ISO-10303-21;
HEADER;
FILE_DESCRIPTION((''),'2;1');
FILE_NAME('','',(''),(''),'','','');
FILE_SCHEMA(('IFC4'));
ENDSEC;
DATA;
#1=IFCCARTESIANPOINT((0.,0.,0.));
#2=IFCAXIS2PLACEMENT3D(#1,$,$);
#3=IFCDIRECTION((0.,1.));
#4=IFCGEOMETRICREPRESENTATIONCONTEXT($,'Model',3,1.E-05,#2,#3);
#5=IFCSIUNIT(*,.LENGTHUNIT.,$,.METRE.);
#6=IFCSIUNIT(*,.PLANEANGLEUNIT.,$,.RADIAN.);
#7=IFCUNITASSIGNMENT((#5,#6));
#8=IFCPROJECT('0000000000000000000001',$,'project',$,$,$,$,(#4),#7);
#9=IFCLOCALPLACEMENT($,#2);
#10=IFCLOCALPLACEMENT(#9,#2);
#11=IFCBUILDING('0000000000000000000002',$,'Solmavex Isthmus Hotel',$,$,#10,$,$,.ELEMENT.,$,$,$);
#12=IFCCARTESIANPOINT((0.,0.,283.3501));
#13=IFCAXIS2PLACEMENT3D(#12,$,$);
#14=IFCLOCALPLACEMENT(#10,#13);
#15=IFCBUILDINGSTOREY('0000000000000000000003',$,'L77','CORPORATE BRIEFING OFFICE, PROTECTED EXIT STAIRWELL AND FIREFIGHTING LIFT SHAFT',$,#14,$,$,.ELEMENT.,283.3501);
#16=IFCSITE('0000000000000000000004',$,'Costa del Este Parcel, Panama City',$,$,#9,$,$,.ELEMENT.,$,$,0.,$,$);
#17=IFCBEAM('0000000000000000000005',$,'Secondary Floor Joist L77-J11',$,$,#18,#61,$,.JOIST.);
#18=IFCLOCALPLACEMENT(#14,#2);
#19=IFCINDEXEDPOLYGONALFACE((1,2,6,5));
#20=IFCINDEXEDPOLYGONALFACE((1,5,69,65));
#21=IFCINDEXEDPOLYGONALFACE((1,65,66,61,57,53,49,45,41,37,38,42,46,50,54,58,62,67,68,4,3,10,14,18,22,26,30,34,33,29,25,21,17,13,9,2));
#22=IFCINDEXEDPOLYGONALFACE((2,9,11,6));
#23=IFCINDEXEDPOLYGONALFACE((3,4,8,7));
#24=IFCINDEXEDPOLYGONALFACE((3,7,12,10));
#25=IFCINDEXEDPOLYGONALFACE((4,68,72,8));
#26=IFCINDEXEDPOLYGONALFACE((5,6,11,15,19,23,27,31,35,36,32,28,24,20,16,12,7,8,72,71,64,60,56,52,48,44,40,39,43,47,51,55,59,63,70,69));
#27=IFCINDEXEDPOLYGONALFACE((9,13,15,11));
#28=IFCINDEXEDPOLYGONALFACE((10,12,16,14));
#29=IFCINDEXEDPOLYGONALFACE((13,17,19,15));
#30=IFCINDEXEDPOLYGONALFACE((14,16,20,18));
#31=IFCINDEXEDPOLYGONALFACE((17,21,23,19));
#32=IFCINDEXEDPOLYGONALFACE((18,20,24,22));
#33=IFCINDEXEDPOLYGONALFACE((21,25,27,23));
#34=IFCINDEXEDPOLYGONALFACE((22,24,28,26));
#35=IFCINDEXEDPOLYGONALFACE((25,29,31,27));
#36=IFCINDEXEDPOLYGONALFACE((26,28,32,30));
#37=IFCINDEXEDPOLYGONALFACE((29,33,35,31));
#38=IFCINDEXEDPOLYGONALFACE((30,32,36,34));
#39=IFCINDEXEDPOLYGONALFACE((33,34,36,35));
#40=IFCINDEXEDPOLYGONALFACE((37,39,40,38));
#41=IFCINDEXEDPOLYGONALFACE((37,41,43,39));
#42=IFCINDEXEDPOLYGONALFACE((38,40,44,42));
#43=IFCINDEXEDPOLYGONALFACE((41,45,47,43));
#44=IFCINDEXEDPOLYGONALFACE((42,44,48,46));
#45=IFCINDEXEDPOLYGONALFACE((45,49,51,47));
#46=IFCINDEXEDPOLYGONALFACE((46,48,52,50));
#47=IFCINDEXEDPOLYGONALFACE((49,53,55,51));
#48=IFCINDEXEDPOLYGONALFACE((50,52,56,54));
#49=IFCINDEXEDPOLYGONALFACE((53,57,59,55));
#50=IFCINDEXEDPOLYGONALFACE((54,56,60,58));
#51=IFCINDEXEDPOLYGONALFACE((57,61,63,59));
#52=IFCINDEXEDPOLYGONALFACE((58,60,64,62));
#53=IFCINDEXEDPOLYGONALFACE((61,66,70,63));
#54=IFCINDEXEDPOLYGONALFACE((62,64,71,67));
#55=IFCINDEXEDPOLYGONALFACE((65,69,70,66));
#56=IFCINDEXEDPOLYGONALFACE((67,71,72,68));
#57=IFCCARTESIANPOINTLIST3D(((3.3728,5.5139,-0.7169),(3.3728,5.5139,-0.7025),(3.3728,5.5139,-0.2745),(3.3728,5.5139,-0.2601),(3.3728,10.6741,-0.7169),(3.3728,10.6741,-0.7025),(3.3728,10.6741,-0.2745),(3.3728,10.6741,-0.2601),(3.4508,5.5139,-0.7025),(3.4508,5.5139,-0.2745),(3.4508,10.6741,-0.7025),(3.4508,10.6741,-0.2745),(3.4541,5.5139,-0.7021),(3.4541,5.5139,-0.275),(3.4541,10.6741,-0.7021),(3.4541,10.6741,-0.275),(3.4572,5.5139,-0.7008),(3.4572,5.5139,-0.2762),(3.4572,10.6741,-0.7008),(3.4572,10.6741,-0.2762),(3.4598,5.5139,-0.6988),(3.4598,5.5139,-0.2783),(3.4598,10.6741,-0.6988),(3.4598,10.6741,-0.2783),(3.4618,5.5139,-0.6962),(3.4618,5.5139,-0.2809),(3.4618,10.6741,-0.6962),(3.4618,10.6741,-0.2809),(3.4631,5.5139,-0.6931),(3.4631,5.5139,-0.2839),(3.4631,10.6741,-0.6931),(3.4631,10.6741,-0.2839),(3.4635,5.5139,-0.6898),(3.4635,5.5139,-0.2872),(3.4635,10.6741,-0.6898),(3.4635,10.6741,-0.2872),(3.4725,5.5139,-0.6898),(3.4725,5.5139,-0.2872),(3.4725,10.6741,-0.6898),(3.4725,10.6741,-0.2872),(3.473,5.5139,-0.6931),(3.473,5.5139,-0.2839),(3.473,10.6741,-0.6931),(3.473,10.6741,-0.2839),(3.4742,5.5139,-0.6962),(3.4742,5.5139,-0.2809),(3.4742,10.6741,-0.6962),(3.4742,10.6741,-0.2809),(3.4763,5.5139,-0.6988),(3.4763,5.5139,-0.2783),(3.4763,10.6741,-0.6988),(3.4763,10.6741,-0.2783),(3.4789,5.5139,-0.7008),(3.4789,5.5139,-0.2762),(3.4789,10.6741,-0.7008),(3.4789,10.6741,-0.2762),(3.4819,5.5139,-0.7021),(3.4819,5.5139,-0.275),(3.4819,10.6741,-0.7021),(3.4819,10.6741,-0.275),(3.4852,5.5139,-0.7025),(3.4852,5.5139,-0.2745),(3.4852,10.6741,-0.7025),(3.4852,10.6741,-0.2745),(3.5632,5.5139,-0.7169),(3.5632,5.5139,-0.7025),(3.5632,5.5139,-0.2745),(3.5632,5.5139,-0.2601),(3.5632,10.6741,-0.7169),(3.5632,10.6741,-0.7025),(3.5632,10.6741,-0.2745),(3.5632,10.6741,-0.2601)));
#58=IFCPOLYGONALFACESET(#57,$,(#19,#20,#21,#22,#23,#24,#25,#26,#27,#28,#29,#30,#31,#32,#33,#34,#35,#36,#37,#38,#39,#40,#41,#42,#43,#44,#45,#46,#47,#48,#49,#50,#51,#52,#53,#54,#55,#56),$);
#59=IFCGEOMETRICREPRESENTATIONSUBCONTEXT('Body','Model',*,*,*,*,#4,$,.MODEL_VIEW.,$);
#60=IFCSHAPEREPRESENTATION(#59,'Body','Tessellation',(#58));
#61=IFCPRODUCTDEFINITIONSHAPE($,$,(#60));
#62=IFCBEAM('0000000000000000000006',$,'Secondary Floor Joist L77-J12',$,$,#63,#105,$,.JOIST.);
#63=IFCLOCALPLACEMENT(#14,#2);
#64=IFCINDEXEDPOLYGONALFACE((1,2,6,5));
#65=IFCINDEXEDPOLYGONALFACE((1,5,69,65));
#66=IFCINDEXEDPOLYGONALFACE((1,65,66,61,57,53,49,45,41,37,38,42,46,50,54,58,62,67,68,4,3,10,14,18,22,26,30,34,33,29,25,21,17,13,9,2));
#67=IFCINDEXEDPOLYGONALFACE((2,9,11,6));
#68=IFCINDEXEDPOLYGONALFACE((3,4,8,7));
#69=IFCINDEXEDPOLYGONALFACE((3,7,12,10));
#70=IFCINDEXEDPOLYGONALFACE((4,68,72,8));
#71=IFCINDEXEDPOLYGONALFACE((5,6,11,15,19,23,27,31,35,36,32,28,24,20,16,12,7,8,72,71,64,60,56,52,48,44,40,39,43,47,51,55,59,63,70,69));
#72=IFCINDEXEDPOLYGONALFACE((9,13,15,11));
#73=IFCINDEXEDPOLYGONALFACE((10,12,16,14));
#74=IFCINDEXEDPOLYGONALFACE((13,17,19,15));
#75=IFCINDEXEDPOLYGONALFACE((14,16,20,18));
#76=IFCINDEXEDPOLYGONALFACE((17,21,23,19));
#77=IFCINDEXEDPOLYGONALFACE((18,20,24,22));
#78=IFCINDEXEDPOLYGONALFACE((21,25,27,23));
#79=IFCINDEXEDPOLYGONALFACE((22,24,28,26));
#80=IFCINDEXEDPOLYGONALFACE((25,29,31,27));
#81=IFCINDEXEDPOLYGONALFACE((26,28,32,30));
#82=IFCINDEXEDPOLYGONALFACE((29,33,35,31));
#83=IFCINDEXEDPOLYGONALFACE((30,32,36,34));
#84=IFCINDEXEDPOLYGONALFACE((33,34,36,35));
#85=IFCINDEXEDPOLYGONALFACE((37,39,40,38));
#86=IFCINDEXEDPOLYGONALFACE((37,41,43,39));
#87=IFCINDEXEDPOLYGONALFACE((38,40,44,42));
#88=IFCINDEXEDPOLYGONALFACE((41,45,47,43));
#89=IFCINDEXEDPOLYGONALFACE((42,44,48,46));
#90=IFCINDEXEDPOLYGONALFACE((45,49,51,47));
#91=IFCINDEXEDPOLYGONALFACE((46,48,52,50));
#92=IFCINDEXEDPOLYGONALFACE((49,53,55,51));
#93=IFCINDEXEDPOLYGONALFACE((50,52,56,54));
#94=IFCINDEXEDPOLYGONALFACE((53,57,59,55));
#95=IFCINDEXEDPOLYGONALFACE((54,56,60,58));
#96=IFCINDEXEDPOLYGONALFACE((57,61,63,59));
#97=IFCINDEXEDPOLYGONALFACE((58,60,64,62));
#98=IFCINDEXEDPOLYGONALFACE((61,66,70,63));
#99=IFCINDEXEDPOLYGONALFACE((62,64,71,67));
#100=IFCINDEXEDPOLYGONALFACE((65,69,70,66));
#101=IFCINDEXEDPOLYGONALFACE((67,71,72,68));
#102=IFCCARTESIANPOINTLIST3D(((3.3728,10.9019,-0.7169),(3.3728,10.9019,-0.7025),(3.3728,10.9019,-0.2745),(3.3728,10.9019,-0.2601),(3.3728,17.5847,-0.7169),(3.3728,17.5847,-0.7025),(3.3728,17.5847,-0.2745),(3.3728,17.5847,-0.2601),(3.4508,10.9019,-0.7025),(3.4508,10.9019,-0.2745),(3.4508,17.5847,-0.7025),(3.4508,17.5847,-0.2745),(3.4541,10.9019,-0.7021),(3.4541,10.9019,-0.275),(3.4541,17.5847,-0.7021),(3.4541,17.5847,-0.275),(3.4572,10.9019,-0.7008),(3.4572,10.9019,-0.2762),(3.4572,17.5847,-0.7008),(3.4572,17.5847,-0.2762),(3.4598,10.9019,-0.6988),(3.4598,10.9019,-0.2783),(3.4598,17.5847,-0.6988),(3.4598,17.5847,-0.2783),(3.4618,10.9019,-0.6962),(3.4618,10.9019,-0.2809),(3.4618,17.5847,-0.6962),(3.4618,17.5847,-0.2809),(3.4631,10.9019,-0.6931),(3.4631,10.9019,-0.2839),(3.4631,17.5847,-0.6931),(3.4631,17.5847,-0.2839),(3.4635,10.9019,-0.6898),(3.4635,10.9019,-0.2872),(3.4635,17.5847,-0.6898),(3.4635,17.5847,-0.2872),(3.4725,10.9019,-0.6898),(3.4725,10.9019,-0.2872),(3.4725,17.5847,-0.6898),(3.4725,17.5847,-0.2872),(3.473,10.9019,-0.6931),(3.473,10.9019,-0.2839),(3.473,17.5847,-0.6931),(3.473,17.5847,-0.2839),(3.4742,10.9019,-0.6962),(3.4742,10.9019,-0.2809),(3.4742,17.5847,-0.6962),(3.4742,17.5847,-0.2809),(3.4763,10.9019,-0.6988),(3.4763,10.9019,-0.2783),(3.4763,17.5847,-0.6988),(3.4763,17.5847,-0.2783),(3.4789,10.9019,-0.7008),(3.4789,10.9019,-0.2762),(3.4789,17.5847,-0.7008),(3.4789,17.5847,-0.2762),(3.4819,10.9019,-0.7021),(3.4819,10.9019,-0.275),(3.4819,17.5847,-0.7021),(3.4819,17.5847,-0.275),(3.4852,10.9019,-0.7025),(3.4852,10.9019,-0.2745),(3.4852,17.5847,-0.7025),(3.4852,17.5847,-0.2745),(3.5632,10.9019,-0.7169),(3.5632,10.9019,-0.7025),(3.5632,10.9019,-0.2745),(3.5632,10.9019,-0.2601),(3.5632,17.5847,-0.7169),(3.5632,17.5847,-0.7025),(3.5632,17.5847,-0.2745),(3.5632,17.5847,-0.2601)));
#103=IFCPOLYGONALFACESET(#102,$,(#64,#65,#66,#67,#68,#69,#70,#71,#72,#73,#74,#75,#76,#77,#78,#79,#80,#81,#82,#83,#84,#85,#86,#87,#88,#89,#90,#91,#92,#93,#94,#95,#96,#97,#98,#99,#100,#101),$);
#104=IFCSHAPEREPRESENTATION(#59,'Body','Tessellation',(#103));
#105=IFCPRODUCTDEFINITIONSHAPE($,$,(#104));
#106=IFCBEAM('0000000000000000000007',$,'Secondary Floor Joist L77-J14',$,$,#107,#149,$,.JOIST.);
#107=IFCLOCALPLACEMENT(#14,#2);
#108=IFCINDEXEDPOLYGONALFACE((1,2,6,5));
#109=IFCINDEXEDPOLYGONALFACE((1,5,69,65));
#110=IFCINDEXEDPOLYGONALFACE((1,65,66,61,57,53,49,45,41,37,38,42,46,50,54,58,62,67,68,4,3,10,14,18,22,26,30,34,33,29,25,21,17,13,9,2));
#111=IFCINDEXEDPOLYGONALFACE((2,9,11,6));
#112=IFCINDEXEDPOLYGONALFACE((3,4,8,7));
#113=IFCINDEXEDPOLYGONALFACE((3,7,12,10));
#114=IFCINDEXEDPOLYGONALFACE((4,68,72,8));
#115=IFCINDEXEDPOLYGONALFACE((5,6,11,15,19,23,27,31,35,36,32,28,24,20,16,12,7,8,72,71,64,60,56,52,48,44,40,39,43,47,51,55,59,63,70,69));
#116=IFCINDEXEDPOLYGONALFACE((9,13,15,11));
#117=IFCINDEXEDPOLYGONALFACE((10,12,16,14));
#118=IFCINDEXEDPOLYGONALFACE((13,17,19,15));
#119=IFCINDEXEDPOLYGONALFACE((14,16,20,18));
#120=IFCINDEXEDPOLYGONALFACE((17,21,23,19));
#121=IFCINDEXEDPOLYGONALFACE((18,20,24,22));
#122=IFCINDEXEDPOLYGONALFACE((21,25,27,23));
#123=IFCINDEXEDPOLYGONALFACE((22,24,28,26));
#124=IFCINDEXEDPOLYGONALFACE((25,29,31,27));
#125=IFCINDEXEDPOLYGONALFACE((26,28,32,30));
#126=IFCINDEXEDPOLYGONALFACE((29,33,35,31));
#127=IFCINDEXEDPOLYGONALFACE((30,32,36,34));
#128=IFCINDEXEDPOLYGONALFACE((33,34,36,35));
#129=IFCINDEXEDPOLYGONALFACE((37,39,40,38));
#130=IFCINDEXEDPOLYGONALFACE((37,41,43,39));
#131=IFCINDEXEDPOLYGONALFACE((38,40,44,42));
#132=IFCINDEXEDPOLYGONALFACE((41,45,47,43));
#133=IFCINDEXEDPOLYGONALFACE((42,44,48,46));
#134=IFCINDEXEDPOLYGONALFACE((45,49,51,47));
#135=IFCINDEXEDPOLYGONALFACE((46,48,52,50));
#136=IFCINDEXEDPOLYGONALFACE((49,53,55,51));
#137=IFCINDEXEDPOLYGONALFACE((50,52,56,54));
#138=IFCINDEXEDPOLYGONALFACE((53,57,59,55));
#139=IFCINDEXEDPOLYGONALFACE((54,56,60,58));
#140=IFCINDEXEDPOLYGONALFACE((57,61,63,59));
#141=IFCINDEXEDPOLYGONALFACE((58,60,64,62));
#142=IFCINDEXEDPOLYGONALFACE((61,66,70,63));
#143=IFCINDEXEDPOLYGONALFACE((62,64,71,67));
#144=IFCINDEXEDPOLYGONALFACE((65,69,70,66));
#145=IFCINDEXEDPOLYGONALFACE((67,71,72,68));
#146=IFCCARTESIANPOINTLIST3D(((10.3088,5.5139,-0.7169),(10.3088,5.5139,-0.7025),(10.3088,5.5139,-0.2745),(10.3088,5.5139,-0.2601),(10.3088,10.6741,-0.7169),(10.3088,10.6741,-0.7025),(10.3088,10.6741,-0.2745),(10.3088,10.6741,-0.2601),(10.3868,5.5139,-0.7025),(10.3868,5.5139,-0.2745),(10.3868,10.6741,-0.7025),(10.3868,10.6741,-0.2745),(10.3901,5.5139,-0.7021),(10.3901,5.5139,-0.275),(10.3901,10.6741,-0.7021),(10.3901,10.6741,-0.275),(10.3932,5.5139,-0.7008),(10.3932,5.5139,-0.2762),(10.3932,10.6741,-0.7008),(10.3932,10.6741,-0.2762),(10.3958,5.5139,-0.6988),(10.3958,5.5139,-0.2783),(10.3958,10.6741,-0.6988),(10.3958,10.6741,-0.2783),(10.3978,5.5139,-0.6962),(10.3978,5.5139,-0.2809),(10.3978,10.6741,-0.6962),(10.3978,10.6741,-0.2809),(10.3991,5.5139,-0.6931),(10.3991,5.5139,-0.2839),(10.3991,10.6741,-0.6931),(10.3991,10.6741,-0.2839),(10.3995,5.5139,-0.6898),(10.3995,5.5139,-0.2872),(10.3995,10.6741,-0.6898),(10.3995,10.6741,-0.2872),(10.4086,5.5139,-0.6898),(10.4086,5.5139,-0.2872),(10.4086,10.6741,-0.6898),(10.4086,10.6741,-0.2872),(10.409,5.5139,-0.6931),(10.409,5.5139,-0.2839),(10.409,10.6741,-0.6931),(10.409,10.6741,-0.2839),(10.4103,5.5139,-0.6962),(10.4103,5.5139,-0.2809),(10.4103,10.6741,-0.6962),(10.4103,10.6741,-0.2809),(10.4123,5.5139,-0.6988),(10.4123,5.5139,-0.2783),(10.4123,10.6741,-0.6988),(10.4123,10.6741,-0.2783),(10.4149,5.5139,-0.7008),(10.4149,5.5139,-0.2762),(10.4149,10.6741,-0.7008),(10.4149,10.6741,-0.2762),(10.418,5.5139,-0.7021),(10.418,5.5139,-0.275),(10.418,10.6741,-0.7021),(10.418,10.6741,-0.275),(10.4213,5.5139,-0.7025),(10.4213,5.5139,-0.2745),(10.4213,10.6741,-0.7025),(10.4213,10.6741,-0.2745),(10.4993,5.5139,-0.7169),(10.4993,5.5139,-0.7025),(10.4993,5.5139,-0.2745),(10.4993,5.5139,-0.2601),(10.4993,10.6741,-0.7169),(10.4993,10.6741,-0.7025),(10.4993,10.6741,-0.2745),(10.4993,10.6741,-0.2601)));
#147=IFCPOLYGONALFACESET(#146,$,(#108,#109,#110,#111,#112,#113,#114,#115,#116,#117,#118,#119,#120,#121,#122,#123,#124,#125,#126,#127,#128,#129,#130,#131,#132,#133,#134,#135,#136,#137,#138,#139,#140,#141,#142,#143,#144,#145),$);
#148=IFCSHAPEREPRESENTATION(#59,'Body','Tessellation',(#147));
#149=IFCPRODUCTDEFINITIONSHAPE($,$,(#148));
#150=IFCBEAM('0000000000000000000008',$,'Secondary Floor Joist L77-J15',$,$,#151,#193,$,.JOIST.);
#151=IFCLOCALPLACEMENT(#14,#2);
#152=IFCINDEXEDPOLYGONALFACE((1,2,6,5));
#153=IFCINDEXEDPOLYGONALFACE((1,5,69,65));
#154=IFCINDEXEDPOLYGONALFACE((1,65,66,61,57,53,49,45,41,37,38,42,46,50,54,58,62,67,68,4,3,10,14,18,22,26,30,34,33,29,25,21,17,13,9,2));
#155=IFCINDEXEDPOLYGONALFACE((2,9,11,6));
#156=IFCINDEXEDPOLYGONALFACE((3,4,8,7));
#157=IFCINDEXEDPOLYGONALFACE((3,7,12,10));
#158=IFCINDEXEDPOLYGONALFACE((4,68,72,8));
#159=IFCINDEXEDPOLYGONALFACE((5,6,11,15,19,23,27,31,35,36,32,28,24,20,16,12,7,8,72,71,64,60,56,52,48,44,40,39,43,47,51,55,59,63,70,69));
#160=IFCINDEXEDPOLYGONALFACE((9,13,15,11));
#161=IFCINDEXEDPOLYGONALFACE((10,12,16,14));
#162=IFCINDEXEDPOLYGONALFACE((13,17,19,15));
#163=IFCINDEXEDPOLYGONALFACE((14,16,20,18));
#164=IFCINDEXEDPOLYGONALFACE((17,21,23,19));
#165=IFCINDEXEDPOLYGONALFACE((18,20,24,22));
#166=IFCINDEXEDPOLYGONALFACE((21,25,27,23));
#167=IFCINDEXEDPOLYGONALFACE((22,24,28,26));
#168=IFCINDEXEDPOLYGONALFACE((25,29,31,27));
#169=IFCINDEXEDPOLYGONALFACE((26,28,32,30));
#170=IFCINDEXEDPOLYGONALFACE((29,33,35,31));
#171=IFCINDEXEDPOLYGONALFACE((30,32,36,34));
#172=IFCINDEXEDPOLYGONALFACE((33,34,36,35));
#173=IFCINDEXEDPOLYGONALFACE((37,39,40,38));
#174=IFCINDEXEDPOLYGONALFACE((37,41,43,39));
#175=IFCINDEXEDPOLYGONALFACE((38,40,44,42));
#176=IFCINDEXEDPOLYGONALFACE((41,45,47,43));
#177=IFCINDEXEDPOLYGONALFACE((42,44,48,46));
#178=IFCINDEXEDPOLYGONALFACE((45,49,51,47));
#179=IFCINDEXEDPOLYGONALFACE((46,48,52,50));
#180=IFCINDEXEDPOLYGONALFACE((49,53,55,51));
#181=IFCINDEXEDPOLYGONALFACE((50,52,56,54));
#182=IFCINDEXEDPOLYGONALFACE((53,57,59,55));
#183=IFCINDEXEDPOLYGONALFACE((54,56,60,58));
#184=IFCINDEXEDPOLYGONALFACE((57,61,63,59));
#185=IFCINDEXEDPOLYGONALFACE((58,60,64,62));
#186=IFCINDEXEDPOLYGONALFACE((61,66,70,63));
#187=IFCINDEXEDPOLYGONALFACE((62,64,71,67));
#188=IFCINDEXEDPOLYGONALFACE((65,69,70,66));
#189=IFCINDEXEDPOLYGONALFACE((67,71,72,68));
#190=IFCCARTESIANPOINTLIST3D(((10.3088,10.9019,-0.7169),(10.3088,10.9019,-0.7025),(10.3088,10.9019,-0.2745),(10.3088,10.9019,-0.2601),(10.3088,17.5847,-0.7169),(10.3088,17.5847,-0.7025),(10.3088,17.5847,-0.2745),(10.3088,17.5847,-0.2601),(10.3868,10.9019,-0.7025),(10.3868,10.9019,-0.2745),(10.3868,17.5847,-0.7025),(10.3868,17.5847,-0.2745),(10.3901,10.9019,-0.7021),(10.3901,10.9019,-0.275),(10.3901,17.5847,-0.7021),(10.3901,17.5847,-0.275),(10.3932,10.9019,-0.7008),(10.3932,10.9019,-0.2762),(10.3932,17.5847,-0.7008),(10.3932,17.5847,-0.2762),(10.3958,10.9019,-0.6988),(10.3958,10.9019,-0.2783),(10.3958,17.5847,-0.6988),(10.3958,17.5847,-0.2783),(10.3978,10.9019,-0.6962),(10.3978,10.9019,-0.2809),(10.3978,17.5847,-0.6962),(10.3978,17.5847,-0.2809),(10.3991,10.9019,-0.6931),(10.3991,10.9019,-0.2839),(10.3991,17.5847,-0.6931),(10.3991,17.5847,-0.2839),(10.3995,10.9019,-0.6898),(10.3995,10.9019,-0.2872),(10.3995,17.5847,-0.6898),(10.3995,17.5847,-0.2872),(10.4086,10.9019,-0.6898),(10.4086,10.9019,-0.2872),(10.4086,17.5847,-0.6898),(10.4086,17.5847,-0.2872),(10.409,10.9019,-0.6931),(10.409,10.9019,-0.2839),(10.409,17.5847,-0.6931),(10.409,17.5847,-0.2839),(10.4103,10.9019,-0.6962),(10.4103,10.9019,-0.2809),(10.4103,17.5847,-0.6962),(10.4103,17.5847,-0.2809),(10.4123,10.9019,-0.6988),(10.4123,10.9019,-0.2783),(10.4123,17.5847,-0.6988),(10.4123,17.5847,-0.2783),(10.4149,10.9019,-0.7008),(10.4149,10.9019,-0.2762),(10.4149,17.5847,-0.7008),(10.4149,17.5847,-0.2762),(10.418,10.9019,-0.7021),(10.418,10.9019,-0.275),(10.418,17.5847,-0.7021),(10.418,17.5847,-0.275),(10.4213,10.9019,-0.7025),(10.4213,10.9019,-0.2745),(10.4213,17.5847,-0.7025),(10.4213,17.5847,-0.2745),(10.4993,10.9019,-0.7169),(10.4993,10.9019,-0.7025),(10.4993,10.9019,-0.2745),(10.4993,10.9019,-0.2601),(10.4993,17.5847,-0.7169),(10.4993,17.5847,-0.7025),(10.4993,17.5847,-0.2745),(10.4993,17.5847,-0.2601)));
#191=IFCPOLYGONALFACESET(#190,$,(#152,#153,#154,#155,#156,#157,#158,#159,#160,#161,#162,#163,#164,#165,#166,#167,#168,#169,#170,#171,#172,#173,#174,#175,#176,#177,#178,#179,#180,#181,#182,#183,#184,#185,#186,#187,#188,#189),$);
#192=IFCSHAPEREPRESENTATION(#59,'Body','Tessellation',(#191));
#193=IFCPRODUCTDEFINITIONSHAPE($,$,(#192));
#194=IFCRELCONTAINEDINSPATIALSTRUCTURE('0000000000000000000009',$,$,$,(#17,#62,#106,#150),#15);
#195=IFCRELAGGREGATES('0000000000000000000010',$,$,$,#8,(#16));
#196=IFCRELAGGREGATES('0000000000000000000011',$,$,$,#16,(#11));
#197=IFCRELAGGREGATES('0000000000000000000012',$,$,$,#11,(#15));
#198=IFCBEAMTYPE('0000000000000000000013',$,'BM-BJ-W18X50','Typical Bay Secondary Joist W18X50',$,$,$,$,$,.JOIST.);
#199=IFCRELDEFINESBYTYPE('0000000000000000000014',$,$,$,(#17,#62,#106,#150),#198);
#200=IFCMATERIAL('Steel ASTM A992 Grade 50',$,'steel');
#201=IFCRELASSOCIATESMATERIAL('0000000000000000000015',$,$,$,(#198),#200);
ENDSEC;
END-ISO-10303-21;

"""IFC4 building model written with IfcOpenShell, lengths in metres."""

from ifc_helpers import new_model, si_unit, direction, frame, origin, origin_2d, place, context, subcontext, project, spatial, i_section, extrude, material, material_profile, profile_set, type_object, element, save


model = new_model("IFC4")

# Units and contexts
model_context = context("Model", 3, precision=1e-05, world=origin(), true_north=direction((0.0, 1.0)))
body_context = subcontext(model_context, "Body", "Model", "MODEL_VIEW")
ifc_project = project(units=[si_unit("LENGTHUNIT", "METRE"), si_unit("PLANEANGLEUNIT", "RADIAN")], contexts=[model_context])

# Site, building, storey
site_placement = place(None, origin())
site = spatial("IfcSite", under=ifc_project, at=site_placement, Name="Costa del Este Parcel, Panama City", CompositionType="ELEMENT", RefElevation=0.0)
building_placement = place(site_placement, origin())
building = spatial("IfcBuilding", under=site, at=building_placement, Name="Solmavex Isthmus Hotel", CompositionType="ELEMENT")
storey_placement = place(building_placement, frame((0.0, 0.0, 283.3501)))
storey = spatial("IfcBuildingStorey", under=building, at=storey_placement, Name="L77", Description="CORPORATE BRIEFING OFFICE, PROTECTED EXIT STAIRWELL AND FIREFIGHTING LIFT SHAFT", CompositionType="ELEMENT", Elevation=283.3501)

# Beams
ifc_material_1 = material(Name="Steel ASTM A992 Grade 50", Category="steel")
ifc_material_profile_1 = material_profile(ifc_material_1, i_section(OverallWidth=0.1904, OverallDepth=0.4568, WebThickness=0.009, FlangeThickness=0.0144, FilletRadius=0.0127, at=origin_2d()), Name="W18X50")
ifc_profile_set_1 = profile_set([ifc_material_profile_1], Name="Steel ASTM A992 Grade 50")
beam_type_1 = type_object("IfcBeamType", Name="BM-BJ-W18X50", Description="Typical Bay Secondary Joist W18X50", PredefinedType="JOIST", material=ifc_profile_set_1)
beam_1_placement = place(storey_placement, frame((3.468, 5.5139, -0.4885), z_axis=(0.0, 1.0, 0.0), x_axis=(-1.0, 0.0, 0.0)))
element("IfcBeam", 1, at=beam_1_placement, inside=storey, type_object=beam_type_1, Name="Secondary Floor Joist L77-J11", PredefinedType="JOIST", context=body_context, shape_type="SweptSolid", body=[
    extrude(i_section(OverallWidth=0.1904, OverallDepth=0.4568, WebThickness=0.009, FlangeThickness=0.0144, FilletRadius=0.0127, at=origin_2d()), origin(), (0.0, 0.0, 1.0), 5.1602),
])
beam_2_placement = place(storey_placement, frame((3.468, 10.9019, -0.4885), z_axis=(0.0, 1.0, 0.0), x_axis=(-1.0, 0.0, 0.0)))
element("IfcBeam", 2, at=beam_2_placement, inside=storey, type_object=beam_type_1, Name="Secondary Floor Joist L77-J12", PredefinedType="JOIST", context=body_context, shape_type="SweptSolid", body=[
    extrude(i_section(OverallWidth=0.1904, OverallDepth=0.4568, WebThickness=0.009, FlangeThickness=0.0144, FilletRadius=0.0127, at=origin_2d()), origin(), (0.0, 0.0, 1.0), 6.6829),
])
beam_3_placement = place(storey_placement, frame((10.4041, 5.5139, -0.4885), z_axis=(0.0, 1.0, 0.0), x_axis=(-1.0, 0.0, 0.0)))
element("IfcBeam", 3, at=beam_3_placement, inside=storey, type_object=beam_type_1, Name="Secondary Floor Joist L77-J14", PredefinedType="JOIST", context=body_context, shape_type="SweptSolid", body=[
    extrude(i_section(OverallWidth=0.1904, OverallDepth=0.4568, WebThickness=0.009, FlangeThickness=0.0144, FilletRadius=0.0127, at=origin_2d()), origin(), (0.0, 0.0, 1.0), 5.1602),
])
beam_4_placement = place(storey_placement, frame((10.4041, 10.9019, -0.4885), z_axis=(0.0, 1.0, 0.0), x_axis=(-1.0, 0.0, 0.0)))
element("IfcBeam", 4, at=beam_4_placement, inside=storey, type_object=beam_type_1, Name="Secondary Floor Joist L77-J15", PredefinedType="JOIST", context=body_context, shape_type="SweptSolid", body=[
    extrude(i_section(OverallWidth=0.1904, OverallDepth=0.4568, WebThickness=0.009, FlangeThickness=0.0144, FilletRadius=0.0127, at=origin_2d()), origin(), (0.0, 0.0, 1.0), 6.6829),
])

save(model, "model.ifc")
